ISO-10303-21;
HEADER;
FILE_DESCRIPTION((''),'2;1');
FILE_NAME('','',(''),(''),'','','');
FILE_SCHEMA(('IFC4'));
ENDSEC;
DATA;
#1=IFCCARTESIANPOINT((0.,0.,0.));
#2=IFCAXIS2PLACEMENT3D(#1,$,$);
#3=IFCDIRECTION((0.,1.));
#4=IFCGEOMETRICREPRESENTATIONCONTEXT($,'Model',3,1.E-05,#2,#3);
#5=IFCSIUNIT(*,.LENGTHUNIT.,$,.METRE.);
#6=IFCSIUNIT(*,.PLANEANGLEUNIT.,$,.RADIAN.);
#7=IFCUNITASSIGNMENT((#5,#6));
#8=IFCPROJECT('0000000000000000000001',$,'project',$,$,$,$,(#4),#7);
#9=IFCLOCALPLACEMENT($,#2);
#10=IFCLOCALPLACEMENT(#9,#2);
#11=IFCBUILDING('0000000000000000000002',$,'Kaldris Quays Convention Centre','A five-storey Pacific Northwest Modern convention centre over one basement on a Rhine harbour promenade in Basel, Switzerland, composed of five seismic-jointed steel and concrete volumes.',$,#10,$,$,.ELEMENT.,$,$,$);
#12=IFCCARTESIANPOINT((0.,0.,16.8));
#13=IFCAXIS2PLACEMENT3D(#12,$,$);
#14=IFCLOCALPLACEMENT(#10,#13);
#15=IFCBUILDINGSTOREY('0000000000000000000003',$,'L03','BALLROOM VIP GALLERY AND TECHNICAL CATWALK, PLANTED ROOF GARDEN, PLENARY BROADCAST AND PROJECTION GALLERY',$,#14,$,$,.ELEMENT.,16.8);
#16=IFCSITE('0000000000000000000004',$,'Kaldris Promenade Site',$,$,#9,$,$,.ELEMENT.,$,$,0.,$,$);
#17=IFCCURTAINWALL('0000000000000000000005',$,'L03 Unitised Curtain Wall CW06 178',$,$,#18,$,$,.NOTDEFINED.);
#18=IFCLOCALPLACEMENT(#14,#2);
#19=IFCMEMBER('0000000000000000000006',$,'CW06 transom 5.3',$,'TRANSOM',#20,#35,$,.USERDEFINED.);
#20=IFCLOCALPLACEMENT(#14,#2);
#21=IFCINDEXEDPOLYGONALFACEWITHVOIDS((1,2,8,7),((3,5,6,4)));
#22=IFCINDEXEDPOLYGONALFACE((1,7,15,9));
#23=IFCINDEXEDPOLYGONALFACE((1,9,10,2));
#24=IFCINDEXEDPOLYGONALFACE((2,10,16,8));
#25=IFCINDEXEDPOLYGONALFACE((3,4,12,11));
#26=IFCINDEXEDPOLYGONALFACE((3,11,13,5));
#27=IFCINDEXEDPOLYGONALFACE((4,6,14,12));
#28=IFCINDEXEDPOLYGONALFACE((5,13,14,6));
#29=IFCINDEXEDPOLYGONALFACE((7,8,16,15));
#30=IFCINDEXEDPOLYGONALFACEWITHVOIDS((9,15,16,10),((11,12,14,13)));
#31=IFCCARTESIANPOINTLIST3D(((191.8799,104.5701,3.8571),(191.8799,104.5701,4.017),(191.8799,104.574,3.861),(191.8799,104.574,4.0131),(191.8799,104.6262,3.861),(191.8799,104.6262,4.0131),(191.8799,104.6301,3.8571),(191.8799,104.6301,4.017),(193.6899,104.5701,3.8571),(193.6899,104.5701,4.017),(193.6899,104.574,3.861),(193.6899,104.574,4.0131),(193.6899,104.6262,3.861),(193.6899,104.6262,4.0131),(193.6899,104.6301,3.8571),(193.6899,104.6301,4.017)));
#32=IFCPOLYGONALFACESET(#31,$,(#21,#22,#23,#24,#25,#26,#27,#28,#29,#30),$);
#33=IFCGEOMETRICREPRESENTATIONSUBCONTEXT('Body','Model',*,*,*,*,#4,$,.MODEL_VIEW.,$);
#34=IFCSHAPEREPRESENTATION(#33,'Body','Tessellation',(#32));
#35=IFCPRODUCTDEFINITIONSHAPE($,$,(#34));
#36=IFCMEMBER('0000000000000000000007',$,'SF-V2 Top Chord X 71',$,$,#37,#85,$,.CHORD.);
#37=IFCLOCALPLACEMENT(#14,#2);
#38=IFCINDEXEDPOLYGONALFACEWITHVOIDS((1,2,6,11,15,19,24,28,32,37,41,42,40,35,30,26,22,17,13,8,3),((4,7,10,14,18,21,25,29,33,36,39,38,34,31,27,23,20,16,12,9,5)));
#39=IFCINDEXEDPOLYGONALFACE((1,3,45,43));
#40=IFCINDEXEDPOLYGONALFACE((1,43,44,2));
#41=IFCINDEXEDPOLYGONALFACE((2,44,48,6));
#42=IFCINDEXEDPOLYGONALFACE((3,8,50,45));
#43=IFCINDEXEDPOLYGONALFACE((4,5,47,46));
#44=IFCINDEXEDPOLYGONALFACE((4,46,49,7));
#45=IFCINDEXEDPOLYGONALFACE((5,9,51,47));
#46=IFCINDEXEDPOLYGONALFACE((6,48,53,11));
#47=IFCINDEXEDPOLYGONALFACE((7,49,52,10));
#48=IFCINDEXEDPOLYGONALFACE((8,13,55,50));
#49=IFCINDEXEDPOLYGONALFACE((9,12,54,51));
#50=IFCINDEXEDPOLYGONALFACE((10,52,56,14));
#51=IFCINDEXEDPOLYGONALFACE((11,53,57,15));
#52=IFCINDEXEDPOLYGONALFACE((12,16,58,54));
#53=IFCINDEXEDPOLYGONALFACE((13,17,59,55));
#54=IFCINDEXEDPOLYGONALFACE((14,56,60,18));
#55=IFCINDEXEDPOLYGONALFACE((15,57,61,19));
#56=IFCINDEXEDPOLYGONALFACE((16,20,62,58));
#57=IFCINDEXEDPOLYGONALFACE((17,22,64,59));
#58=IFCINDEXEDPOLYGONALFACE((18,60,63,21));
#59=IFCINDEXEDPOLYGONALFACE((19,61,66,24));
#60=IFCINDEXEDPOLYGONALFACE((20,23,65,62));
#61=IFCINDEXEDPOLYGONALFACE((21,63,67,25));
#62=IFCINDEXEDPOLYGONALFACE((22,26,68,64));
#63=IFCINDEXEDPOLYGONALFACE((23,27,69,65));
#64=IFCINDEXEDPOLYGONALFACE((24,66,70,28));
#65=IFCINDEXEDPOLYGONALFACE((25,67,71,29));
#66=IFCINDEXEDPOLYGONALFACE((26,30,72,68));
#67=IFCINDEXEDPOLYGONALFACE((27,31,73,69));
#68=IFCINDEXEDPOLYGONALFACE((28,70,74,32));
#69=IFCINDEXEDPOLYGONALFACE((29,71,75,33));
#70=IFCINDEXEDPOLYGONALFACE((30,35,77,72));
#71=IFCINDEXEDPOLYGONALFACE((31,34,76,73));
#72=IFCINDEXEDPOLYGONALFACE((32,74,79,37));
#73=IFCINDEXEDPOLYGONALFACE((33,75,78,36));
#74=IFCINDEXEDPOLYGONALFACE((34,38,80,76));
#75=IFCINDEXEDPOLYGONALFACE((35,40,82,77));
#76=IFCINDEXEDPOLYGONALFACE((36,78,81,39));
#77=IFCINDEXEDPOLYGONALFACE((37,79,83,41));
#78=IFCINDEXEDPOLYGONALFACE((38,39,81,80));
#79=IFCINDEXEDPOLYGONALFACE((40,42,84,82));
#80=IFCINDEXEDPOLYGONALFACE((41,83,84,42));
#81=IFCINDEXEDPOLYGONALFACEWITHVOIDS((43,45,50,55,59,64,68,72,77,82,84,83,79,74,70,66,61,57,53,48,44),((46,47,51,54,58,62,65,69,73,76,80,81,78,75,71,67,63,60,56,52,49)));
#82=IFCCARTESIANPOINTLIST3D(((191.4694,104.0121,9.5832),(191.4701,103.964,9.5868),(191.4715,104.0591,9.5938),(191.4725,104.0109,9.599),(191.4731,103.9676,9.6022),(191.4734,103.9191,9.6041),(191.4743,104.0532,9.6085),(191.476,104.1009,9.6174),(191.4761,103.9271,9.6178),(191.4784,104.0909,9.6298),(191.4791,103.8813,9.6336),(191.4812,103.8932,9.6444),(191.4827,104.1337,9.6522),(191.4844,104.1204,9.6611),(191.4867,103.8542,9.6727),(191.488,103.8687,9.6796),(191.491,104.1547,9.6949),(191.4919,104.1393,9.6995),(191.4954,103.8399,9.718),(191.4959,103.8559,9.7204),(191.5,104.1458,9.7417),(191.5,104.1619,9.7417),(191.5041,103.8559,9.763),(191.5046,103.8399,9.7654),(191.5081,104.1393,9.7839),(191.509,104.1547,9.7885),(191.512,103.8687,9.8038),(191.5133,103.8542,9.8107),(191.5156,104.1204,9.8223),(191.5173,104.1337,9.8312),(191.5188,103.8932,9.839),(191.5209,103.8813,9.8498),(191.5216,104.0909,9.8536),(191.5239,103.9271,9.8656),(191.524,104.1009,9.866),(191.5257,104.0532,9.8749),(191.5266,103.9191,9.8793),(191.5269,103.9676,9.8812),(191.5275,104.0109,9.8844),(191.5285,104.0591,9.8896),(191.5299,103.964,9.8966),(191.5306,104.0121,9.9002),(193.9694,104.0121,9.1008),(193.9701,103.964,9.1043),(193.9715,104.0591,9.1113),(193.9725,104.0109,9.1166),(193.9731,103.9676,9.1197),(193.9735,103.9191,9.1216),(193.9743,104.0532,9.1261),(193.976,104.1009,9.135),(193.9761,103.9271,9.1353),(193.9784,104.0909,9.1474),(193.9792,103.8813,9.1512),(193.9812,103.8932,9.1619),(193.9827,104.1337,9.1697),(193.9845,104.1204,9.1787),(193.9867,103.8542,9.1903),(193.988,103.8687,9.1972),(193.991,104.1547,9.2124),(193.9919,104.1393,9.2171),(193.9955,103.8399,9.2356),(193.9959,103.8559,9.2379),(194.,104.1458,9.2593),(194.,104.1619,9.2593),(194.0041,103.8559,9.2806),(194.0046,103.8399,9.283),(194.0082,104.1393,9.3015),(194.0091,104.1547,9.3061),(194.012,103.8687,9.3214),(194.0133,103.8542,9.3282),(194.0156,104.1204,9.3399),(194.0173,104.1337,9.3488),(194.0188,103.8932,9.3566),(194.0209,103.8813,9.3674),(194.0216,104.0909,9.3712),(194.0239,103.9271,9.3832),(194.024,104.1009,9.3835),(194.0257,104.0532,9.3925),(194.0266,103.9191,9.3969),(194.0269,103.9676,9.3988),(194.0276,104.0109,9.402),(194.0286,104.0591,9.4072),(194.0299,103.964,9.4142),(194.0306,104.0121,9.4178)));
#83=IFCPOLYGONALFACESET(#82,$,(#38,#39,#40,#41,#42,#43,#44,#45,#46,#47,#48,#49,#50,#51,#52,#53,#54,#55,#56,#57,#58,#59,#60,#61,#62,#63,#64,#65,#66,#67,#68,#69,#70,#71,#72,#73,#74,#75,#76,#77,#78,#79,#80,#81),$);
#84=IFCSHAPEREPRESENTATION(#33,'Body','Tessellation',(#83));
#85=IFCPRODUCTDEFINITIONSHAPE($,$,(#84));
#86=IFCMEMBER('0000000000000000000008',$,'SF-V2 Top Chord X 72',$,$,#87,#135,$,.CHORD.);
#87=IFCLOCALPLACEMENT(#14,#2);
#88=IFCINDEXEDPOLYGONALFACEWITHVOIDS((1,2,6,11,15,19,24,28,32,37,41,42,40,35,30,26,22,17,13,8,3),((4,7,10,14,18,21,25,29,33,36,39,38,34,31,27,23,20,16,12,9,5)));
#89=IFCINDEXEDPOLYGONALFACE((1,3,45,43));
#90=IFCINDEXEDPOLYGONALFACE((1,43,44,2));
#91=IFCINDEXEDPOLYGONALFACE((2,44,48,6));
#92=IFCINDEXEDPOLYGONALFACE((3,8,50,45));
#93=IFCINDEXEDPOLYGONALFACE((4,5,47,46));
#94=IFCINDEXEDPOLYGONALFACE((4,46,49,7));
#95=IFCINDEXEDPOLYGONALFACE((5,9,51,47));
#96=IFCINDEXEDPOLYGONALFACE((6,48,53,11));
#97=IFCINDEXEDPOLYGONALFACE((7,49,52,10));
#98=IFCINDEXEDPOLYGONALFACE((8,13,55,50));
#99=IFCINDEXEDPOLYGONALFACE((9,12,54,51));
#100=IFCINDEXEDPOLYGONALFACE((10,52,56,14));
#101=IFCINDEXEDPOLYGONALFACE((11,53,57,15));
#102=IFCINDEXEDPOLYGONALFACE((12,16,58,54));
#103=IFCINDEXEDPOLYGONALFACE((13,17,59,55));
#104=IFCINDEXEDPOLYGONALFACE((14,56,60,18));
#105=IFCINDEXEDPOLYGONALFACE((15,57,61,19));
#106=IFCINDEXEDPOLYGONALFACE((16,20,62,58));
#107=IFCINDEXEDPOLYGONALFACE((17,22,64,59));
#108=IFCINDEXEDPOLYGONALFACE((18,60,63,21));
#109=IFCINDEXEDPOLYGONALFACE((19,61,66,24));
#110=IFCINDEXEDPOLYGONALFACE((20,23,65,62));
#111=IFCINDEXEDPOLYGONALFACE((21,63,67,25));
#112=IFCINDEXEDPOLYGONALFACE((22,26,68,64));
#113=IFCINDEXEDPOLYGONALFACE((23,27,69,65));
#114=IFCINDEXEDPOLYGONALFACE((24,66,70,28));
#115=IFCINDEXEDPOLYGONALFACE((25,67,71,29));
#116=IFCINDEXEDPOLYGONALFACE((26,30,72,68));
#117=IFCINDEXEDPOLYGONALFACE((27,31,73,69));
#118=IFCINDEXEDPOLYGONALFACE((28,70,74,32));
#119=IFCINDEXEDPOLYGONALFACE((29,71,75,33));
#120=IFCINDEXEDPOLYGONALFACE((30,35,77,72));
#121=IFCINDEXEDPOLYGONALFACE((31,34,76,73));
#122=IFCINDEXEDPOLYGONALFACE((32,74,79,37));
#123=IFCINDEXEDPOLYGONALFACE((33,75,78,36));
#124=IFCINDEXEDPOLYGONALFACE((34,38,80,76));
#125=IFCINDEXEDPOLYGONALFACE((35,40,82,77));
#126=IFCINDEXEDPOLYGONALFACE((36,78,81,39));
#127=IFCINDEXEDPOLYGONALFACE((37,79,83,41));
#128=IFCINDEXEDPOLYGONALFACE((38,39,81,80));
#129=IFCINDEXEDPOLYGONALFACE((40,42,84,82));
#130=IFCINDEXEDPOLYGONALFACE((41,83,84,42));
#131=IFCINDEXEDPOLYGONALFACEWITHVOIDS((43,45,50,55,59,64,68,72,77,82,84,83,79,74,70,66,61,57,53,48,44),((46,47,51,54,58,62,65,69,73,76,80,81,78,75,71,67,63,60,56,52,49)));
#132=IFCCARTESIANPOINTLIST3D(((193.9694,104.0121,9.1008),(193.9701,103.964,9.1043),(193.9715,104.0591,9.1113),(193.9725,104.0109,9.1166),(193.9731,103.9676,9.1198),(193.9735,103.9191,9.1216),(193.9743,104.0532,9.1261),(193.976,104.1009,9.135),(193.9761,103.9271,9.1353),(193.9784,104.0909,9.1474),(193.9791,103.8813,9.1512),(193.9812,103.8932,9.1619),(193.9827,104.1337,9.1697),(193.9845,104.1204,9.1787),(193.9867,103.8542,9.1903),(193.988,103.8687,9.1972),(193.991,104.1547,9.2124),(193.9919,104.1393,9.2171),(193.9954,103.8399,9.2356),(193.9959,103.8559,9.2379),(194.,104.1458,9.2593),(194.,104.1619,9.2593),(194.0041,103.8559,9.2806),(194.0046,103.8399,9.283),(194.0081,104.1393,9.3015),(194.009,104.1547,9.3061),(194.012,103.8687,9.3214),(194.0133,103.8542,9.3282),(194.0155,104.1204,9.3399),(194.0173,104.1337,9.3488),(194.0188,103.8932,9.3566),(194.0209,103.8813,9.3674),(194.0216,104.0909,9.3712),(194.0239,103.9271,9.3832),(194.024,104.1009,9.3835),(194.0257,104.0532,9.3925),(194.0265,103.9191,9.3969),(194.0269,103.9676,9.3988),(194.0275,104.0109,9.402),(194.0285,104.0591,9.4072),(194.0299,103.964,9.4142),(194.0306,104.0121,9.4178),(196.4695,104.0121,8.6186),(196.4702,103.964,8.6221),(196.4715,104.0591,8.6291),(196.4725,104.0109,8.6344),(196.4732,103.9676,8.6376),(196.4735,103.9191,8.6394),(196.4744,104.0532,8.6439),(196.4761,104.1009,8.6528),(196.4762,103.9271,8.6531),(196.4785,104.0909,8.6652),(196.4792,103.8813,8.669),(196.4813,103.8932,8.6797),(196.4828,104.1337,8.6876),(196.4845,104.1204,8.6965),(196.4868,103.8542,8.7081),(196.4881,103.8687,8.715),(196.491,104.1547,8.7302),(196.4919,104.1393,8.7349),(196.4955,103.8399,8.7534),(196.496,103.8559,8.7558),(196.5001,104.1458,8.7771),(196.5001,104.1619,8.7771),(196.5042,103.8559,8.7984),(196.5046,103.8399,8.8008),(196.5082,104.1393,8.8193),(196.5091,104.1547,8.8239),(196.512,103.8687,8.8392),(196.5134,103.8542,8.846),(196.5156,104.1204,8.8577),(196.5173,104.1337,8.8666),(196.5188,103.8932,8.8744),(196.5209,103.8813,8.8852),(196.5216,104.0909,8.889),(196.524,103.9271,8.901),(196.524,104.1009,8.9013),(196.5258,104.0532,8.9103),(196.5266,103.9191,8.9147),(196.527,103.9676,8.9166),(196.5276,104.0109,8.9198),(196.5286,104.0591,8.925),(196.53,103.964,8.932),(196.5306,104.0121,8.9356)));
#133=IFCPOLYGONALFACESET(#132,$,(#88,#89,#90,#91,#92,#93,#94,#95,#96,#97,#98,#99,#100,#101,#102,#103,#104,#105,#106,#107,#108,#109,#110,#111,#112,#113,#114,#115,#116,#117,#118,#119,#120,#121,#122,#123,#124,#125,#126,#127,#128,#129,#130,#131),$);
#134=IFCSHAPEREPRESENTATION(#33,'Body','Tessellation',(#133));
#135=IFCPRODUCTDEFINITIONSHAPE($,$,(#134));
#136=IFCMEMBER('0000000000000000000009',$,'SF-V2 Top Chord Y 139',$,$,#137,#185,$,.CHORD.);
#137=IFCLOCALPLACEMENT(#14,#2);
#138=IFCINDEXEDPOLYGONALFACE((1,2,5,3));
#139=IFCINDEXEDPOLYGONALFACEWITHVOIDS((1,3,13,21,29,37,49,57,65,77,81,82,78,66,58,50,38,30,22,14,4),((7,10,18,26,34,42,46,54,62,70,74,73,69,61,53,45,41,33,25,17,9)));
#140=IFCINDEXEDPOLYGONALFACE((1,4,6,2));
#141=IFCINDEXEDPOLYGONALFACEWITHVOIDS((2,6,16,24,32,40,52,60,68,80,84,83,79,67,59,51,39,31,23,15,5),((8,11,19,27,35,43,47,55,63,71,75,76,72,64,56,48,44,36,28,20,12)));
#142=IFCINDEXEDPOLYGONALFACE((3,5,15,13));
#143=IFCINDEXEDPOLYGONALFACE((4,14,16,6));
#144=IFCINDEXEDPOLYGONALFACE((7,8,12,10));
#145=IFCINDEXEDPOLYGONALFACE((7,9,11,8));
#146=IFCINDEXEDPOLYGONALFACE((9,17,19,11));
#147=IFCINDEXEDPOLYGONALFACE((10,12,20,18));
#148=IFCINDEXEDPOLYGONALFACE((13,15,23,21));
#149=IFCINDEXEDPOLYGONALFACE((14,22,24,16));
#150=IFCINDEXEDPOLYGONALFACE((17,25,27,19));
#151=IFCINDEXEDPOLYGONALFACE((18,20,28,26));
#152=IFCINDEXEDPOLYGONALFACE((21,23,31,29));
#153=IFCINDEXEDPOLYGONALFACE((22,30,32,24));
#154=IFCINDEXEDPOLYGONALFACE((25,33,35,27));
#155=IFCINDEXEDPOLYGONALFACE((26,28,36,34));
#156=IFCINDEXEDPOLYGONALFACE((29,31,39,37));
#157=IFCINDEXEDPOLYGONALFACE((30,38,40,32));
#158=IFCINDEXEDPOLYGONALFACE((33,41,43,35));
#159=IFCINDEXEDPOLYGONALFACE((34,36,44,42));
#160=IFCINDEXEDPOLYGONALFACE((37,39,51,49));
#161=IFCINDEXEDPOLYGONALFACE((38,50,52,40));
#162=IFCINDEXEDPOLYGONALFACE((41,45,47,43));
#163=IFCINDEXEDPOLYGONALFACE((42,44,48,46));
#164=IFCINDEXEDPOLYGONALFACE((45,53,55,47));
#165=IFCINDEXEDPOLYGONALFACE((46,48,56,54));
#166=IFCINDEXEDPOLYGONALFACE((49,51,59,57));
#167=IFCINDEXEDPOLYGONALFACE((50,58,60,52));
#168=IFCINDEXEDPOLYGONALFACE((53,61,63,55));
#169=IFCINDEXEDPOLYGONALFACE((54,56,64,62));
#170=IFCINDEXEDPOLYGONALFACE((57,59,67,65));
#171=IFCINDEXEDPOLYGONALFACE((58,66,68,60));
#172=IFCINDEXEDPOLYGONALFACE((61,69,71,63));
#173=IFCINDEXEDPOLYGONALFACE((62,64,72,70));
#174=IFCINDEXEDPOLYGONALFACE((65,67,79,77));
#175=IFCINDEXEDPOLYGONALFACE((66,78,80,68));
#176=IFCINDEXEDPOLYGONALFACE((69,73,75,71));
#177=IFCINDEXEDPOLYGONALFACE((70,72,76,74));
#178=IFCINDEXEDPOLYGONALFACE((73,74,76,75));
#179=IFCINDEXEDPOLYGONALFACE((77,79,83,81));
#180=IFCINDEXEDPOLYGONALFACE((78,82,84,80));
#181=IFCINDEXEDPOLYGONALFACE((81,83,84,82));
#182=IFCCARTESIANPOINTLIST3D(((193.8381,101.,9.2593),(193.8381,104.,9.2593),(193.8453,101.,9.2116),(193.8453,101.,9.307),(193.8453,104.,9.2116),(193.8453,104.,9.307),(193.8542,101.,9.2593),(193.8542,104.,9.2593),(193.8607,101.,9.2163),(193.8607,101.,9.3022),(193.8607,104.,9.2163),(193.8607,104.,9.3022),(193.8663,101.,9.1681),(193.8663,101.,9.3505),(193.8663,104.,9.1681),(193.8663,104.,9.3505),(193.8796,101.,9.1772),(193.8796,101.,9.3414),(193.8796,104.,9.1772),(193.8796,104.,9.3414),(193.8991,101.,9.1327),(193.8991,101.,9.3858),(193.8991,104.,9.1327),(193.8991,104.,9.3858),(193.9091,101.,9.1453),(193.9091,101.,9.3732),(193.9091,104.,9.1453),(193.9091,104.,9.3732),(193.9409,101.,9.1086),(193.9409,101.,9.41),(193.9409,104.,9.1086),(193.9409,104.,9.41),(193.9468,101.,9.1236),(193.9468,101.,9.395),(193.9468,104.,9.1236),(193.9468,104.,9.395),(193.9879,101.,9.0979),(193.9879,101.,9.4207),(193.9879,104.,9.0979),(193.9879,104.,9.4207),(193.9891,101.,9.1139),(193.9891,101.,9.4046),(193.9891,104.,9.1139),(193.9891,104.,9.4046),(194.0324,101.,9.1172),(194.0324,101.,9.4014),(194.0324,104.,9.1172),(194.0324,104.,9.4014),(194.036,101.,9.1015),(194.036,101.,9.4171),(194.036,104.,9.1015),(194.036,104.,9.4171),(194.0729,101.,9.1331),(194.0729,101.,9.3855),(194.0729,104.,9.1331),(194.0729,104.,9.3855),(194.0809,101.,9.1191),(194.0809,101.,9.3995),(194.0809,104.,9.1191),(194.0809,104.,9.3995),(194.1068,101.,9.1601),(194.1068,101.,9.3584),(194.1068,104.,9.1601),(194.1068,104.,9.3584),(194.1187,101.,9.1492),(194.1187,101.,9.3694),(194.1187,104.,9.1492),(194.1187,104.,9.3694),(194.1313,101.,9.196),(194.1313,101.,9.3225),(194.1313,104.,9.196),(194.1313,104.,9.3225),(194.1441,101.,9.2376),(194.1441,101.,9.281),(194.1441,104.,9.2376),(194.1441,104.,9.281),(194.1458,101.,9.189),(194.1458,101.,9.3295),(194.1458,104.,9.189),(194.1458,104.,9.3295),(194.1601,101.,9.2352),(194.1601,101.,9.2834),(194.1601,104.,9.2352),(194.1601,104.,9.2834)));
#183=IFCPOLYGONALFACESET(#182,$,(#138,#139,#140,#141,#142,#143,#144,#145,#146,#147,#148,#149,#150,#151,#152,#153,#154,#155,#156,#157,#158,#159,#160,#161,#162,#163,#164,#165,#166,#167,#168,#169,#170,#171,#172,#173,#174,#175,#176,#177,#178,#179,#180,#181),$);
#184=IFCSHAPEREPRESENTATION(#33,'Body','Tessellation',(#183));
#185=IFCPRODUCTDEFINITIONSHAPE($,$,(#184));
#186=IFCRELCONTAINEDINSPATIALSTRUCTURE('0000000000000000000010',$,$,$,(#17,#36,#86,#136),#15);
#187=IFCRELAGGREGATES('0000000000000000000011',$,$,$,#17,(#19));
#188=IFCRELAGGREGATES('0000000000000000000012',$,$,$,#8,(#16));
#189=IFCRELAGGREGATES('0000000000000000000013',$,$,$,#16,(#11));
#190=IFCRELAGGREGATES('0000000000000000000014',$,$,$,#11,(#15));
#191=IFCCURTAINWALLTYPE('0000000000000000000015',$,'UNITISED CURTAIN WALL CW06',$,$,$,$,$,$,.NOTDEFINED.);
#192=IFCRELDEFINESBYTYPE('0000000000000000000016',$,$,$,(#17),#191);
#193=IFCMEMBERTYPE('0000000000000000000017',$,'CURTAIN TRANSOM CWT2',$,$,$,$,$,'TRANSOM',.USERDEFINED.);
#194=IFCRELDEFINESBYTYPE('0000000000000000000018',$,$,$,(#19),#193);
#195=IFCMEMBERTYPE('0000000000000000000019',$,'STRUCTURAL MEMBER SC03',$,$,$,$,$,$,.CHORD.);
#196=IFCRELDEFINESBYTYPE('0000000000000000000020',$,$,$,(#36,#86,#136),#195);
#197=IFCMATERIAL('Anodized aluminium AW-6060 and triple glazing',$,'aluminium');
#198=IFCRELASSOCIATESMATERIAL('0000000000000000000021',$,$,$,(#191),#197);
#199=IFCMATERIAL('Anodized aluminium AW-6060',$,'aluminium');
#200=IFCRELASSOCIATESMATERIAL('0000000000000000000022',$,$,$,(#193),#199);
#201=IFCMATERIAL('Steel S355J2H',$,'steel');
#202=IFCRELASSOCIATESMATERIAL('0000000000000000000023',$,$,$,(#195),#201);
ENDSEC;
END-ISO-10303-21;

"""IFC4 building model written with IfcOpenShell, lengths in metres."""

from ifc_helpers import new_model, si_unit, direction, frame, origin, origin_2d, place, context, subcontext, project, spatial, hollow_rectangle, hollow_circle, extrude, material, material_profile, profile_set, type_object, element, aggregate, save


model = new_model("IFC4")

# Units and contexts
model_context = context("Model", 3, precision=1e-05, world=origin(), true_north=direction((0.0, 1.0)))
body_context = subcontext(model_context, "Body", "Model", "MODEL_VIEW")
ifc_project = project(units=[si_unit("LENGTHUNIT", "METRE"), si_unit("PLANEANGLEUNIT", "RADIAN")], contexts=[model_context])

# Site, building, storey
site_placement = place(None, origin())
site = spatial("IfcSite", under=ifc_project, at=site_placement, Name="Kaldris Promenade Site", CompositionType="ELEMENT", RefElevation=0.0)
building_placement = place(site_placement, origin())
building = spatial("IfcBuilding", under=site, at=building_placement, Name="Kaldris Quays Convention Centre", Description="A five-storey Pacific Northwest Modern convention centre over one basement on a Rhine harbour promenade in Basel, Switzerland, composed of five seismic-jointed steel and concrete volumes.", CompositionType="ELEMENT")
storey_placement = place(building_placement, frame((0.0, 0.0, 16.8)))
storey = spatial("IfcBuildingStorey", under=building, at=storey_placement, Name="L03", Description="BALLROOM VIP GALLERY AND TECHNICAL CATWALK, PLANTED ROOF GARDEN, PLENARY BROADCAST AND PROJECTION GALLERY", CompositionType="ELEMENT", Elevation=16.8)

# Curtain wall, member
ifc_material_1 = material(Name="Anodized aluminium AW-6060 and triple glazing", Category="aluminium")
curtain_wall_type = type_object("IfcCurtainWallType", Name="UNITISED CURTAIN WALL CW06", PredefinedType="NOTDEFINED", material=ifc_material_1)
curtain_wall_placement = place(storey_placement, origin())
curtain_wall = element("IfcCurtainWall", 1, at=curtain_wall_placement, inside=storey, type_object=curtain_wall_type, Name="L03 Unitised Curtain Wall CW06 178", PredefinedType="NOTDEFINED")
ifc_material_2 = material(Name="Anodized aluminium AW-6060", Category="aluminium")
ifc_material_profile_1 = material_profile(ifc_material_2, hollow_rectangle(XDim=0.0601, YDim=0.1599, WallThickness=0.0039, at=origin_2d()), Name="RHS 160x60x4")
ifc_profile_set_1 = profile_set([ifc_material_profile_1], Name="Anodized aluminium AW-6060")
member_type_1 = type_object("IfcMemberType", Name="CURTAIN TRANSOM CWT2", ElementType="TRANSOM", PredefinedType="USERDEFINED", material=ifc_profile_set_1)
member_1_placement = place(storey_placement, frame((191.8799, 104.6001, 3.937), z_axis=(1.0, 0.0, 0.0), x_axis=(0.0, 1.0, 0.0)))
member_1 = element("IfcMember", 2, at=member_1_placement, type_object=member_type_1, Name="CW06 transom 5.3", ObjectType="TRANSOM", PredefinedType="USERDEFINED", context=body_context, shape_type="SweptSolid", body=[
    extrude(hollow_rectangle(XDim=0.0601, YDim=0.1599, WallThickness=0.0039, at=origin_2d()), origin(), (0.0, 0.0, 1.0), 1.8101),
])

# Members
ifc_material_3 = material(Name="Steel S355J2H", Category="steel")
ifc_material_profile_2 = material_profile(ifc_material_3, hollow_circle(Radius=0.1619, WallThickness=0.0161, at=origin_2d()), Name="CHS 323.9x16")
ifc_profile_set_2 = profile_set([ifc_material_profile_2], Name="Steel S355J2H")
member_type_2 = type_object("IfcMemberType", Name="STRUCTURAL MEMBER SC03", PredefinedType="CHORD", material=ifc_profile_set_2)
for number, where, z_axis, x_axis, name in (
    (3, (191.5, 104.0, 9.7417), (0.981886, 0.0, -0.189473), (0.0, 1.0, 0.0), "SF-V2 Top Chord X 71"),
    (4, (194.0, 104.0, 9.2593), (0.981904, 0.0, -0.189381), (0.0, 1.0, 0.0), "SF-V2 Top Chord X 72"),
):
    element("IfcMember", number, at=place(storey_placement, frame(where, z_axis=z_axis, x_axis=x_axis)), inside=storey, type_object=member_type_2, Name=name, PredefinedType="CHORD", context=body_context, shape_type="SweptSolid", body=[
        extrude(hollow_circle(Radius=0.1619, WallThickness=0.0161, at=origin_2d()), origin(), (0.0, 0.0, 1.0), 2.5461),
    ])
member_2_placement = place(storey_placement, frame((194.0, 101.0, 9.2593), z_axis=(0.0, 1.0, 0.0), x_axis=(-1.0, 0.0, 0.0)))
element("IfcMember", 5, at=member_2_placement, inside=storey, type_object=member_type_2, Name="SF-V2 Top Chord Y 139", PredefinedType="CHORD", context=body_context, shape_type="SweptSolid", body=[
    extrude(hollow_circle(Radius=0.1619, WallThickness=0.0161, at=origin_2d()), origin(), (0.0, 0.0, 1.0), 3.0),
])

aggregate(curtain_wall, [member_1])

save(model, "model.ifc")
